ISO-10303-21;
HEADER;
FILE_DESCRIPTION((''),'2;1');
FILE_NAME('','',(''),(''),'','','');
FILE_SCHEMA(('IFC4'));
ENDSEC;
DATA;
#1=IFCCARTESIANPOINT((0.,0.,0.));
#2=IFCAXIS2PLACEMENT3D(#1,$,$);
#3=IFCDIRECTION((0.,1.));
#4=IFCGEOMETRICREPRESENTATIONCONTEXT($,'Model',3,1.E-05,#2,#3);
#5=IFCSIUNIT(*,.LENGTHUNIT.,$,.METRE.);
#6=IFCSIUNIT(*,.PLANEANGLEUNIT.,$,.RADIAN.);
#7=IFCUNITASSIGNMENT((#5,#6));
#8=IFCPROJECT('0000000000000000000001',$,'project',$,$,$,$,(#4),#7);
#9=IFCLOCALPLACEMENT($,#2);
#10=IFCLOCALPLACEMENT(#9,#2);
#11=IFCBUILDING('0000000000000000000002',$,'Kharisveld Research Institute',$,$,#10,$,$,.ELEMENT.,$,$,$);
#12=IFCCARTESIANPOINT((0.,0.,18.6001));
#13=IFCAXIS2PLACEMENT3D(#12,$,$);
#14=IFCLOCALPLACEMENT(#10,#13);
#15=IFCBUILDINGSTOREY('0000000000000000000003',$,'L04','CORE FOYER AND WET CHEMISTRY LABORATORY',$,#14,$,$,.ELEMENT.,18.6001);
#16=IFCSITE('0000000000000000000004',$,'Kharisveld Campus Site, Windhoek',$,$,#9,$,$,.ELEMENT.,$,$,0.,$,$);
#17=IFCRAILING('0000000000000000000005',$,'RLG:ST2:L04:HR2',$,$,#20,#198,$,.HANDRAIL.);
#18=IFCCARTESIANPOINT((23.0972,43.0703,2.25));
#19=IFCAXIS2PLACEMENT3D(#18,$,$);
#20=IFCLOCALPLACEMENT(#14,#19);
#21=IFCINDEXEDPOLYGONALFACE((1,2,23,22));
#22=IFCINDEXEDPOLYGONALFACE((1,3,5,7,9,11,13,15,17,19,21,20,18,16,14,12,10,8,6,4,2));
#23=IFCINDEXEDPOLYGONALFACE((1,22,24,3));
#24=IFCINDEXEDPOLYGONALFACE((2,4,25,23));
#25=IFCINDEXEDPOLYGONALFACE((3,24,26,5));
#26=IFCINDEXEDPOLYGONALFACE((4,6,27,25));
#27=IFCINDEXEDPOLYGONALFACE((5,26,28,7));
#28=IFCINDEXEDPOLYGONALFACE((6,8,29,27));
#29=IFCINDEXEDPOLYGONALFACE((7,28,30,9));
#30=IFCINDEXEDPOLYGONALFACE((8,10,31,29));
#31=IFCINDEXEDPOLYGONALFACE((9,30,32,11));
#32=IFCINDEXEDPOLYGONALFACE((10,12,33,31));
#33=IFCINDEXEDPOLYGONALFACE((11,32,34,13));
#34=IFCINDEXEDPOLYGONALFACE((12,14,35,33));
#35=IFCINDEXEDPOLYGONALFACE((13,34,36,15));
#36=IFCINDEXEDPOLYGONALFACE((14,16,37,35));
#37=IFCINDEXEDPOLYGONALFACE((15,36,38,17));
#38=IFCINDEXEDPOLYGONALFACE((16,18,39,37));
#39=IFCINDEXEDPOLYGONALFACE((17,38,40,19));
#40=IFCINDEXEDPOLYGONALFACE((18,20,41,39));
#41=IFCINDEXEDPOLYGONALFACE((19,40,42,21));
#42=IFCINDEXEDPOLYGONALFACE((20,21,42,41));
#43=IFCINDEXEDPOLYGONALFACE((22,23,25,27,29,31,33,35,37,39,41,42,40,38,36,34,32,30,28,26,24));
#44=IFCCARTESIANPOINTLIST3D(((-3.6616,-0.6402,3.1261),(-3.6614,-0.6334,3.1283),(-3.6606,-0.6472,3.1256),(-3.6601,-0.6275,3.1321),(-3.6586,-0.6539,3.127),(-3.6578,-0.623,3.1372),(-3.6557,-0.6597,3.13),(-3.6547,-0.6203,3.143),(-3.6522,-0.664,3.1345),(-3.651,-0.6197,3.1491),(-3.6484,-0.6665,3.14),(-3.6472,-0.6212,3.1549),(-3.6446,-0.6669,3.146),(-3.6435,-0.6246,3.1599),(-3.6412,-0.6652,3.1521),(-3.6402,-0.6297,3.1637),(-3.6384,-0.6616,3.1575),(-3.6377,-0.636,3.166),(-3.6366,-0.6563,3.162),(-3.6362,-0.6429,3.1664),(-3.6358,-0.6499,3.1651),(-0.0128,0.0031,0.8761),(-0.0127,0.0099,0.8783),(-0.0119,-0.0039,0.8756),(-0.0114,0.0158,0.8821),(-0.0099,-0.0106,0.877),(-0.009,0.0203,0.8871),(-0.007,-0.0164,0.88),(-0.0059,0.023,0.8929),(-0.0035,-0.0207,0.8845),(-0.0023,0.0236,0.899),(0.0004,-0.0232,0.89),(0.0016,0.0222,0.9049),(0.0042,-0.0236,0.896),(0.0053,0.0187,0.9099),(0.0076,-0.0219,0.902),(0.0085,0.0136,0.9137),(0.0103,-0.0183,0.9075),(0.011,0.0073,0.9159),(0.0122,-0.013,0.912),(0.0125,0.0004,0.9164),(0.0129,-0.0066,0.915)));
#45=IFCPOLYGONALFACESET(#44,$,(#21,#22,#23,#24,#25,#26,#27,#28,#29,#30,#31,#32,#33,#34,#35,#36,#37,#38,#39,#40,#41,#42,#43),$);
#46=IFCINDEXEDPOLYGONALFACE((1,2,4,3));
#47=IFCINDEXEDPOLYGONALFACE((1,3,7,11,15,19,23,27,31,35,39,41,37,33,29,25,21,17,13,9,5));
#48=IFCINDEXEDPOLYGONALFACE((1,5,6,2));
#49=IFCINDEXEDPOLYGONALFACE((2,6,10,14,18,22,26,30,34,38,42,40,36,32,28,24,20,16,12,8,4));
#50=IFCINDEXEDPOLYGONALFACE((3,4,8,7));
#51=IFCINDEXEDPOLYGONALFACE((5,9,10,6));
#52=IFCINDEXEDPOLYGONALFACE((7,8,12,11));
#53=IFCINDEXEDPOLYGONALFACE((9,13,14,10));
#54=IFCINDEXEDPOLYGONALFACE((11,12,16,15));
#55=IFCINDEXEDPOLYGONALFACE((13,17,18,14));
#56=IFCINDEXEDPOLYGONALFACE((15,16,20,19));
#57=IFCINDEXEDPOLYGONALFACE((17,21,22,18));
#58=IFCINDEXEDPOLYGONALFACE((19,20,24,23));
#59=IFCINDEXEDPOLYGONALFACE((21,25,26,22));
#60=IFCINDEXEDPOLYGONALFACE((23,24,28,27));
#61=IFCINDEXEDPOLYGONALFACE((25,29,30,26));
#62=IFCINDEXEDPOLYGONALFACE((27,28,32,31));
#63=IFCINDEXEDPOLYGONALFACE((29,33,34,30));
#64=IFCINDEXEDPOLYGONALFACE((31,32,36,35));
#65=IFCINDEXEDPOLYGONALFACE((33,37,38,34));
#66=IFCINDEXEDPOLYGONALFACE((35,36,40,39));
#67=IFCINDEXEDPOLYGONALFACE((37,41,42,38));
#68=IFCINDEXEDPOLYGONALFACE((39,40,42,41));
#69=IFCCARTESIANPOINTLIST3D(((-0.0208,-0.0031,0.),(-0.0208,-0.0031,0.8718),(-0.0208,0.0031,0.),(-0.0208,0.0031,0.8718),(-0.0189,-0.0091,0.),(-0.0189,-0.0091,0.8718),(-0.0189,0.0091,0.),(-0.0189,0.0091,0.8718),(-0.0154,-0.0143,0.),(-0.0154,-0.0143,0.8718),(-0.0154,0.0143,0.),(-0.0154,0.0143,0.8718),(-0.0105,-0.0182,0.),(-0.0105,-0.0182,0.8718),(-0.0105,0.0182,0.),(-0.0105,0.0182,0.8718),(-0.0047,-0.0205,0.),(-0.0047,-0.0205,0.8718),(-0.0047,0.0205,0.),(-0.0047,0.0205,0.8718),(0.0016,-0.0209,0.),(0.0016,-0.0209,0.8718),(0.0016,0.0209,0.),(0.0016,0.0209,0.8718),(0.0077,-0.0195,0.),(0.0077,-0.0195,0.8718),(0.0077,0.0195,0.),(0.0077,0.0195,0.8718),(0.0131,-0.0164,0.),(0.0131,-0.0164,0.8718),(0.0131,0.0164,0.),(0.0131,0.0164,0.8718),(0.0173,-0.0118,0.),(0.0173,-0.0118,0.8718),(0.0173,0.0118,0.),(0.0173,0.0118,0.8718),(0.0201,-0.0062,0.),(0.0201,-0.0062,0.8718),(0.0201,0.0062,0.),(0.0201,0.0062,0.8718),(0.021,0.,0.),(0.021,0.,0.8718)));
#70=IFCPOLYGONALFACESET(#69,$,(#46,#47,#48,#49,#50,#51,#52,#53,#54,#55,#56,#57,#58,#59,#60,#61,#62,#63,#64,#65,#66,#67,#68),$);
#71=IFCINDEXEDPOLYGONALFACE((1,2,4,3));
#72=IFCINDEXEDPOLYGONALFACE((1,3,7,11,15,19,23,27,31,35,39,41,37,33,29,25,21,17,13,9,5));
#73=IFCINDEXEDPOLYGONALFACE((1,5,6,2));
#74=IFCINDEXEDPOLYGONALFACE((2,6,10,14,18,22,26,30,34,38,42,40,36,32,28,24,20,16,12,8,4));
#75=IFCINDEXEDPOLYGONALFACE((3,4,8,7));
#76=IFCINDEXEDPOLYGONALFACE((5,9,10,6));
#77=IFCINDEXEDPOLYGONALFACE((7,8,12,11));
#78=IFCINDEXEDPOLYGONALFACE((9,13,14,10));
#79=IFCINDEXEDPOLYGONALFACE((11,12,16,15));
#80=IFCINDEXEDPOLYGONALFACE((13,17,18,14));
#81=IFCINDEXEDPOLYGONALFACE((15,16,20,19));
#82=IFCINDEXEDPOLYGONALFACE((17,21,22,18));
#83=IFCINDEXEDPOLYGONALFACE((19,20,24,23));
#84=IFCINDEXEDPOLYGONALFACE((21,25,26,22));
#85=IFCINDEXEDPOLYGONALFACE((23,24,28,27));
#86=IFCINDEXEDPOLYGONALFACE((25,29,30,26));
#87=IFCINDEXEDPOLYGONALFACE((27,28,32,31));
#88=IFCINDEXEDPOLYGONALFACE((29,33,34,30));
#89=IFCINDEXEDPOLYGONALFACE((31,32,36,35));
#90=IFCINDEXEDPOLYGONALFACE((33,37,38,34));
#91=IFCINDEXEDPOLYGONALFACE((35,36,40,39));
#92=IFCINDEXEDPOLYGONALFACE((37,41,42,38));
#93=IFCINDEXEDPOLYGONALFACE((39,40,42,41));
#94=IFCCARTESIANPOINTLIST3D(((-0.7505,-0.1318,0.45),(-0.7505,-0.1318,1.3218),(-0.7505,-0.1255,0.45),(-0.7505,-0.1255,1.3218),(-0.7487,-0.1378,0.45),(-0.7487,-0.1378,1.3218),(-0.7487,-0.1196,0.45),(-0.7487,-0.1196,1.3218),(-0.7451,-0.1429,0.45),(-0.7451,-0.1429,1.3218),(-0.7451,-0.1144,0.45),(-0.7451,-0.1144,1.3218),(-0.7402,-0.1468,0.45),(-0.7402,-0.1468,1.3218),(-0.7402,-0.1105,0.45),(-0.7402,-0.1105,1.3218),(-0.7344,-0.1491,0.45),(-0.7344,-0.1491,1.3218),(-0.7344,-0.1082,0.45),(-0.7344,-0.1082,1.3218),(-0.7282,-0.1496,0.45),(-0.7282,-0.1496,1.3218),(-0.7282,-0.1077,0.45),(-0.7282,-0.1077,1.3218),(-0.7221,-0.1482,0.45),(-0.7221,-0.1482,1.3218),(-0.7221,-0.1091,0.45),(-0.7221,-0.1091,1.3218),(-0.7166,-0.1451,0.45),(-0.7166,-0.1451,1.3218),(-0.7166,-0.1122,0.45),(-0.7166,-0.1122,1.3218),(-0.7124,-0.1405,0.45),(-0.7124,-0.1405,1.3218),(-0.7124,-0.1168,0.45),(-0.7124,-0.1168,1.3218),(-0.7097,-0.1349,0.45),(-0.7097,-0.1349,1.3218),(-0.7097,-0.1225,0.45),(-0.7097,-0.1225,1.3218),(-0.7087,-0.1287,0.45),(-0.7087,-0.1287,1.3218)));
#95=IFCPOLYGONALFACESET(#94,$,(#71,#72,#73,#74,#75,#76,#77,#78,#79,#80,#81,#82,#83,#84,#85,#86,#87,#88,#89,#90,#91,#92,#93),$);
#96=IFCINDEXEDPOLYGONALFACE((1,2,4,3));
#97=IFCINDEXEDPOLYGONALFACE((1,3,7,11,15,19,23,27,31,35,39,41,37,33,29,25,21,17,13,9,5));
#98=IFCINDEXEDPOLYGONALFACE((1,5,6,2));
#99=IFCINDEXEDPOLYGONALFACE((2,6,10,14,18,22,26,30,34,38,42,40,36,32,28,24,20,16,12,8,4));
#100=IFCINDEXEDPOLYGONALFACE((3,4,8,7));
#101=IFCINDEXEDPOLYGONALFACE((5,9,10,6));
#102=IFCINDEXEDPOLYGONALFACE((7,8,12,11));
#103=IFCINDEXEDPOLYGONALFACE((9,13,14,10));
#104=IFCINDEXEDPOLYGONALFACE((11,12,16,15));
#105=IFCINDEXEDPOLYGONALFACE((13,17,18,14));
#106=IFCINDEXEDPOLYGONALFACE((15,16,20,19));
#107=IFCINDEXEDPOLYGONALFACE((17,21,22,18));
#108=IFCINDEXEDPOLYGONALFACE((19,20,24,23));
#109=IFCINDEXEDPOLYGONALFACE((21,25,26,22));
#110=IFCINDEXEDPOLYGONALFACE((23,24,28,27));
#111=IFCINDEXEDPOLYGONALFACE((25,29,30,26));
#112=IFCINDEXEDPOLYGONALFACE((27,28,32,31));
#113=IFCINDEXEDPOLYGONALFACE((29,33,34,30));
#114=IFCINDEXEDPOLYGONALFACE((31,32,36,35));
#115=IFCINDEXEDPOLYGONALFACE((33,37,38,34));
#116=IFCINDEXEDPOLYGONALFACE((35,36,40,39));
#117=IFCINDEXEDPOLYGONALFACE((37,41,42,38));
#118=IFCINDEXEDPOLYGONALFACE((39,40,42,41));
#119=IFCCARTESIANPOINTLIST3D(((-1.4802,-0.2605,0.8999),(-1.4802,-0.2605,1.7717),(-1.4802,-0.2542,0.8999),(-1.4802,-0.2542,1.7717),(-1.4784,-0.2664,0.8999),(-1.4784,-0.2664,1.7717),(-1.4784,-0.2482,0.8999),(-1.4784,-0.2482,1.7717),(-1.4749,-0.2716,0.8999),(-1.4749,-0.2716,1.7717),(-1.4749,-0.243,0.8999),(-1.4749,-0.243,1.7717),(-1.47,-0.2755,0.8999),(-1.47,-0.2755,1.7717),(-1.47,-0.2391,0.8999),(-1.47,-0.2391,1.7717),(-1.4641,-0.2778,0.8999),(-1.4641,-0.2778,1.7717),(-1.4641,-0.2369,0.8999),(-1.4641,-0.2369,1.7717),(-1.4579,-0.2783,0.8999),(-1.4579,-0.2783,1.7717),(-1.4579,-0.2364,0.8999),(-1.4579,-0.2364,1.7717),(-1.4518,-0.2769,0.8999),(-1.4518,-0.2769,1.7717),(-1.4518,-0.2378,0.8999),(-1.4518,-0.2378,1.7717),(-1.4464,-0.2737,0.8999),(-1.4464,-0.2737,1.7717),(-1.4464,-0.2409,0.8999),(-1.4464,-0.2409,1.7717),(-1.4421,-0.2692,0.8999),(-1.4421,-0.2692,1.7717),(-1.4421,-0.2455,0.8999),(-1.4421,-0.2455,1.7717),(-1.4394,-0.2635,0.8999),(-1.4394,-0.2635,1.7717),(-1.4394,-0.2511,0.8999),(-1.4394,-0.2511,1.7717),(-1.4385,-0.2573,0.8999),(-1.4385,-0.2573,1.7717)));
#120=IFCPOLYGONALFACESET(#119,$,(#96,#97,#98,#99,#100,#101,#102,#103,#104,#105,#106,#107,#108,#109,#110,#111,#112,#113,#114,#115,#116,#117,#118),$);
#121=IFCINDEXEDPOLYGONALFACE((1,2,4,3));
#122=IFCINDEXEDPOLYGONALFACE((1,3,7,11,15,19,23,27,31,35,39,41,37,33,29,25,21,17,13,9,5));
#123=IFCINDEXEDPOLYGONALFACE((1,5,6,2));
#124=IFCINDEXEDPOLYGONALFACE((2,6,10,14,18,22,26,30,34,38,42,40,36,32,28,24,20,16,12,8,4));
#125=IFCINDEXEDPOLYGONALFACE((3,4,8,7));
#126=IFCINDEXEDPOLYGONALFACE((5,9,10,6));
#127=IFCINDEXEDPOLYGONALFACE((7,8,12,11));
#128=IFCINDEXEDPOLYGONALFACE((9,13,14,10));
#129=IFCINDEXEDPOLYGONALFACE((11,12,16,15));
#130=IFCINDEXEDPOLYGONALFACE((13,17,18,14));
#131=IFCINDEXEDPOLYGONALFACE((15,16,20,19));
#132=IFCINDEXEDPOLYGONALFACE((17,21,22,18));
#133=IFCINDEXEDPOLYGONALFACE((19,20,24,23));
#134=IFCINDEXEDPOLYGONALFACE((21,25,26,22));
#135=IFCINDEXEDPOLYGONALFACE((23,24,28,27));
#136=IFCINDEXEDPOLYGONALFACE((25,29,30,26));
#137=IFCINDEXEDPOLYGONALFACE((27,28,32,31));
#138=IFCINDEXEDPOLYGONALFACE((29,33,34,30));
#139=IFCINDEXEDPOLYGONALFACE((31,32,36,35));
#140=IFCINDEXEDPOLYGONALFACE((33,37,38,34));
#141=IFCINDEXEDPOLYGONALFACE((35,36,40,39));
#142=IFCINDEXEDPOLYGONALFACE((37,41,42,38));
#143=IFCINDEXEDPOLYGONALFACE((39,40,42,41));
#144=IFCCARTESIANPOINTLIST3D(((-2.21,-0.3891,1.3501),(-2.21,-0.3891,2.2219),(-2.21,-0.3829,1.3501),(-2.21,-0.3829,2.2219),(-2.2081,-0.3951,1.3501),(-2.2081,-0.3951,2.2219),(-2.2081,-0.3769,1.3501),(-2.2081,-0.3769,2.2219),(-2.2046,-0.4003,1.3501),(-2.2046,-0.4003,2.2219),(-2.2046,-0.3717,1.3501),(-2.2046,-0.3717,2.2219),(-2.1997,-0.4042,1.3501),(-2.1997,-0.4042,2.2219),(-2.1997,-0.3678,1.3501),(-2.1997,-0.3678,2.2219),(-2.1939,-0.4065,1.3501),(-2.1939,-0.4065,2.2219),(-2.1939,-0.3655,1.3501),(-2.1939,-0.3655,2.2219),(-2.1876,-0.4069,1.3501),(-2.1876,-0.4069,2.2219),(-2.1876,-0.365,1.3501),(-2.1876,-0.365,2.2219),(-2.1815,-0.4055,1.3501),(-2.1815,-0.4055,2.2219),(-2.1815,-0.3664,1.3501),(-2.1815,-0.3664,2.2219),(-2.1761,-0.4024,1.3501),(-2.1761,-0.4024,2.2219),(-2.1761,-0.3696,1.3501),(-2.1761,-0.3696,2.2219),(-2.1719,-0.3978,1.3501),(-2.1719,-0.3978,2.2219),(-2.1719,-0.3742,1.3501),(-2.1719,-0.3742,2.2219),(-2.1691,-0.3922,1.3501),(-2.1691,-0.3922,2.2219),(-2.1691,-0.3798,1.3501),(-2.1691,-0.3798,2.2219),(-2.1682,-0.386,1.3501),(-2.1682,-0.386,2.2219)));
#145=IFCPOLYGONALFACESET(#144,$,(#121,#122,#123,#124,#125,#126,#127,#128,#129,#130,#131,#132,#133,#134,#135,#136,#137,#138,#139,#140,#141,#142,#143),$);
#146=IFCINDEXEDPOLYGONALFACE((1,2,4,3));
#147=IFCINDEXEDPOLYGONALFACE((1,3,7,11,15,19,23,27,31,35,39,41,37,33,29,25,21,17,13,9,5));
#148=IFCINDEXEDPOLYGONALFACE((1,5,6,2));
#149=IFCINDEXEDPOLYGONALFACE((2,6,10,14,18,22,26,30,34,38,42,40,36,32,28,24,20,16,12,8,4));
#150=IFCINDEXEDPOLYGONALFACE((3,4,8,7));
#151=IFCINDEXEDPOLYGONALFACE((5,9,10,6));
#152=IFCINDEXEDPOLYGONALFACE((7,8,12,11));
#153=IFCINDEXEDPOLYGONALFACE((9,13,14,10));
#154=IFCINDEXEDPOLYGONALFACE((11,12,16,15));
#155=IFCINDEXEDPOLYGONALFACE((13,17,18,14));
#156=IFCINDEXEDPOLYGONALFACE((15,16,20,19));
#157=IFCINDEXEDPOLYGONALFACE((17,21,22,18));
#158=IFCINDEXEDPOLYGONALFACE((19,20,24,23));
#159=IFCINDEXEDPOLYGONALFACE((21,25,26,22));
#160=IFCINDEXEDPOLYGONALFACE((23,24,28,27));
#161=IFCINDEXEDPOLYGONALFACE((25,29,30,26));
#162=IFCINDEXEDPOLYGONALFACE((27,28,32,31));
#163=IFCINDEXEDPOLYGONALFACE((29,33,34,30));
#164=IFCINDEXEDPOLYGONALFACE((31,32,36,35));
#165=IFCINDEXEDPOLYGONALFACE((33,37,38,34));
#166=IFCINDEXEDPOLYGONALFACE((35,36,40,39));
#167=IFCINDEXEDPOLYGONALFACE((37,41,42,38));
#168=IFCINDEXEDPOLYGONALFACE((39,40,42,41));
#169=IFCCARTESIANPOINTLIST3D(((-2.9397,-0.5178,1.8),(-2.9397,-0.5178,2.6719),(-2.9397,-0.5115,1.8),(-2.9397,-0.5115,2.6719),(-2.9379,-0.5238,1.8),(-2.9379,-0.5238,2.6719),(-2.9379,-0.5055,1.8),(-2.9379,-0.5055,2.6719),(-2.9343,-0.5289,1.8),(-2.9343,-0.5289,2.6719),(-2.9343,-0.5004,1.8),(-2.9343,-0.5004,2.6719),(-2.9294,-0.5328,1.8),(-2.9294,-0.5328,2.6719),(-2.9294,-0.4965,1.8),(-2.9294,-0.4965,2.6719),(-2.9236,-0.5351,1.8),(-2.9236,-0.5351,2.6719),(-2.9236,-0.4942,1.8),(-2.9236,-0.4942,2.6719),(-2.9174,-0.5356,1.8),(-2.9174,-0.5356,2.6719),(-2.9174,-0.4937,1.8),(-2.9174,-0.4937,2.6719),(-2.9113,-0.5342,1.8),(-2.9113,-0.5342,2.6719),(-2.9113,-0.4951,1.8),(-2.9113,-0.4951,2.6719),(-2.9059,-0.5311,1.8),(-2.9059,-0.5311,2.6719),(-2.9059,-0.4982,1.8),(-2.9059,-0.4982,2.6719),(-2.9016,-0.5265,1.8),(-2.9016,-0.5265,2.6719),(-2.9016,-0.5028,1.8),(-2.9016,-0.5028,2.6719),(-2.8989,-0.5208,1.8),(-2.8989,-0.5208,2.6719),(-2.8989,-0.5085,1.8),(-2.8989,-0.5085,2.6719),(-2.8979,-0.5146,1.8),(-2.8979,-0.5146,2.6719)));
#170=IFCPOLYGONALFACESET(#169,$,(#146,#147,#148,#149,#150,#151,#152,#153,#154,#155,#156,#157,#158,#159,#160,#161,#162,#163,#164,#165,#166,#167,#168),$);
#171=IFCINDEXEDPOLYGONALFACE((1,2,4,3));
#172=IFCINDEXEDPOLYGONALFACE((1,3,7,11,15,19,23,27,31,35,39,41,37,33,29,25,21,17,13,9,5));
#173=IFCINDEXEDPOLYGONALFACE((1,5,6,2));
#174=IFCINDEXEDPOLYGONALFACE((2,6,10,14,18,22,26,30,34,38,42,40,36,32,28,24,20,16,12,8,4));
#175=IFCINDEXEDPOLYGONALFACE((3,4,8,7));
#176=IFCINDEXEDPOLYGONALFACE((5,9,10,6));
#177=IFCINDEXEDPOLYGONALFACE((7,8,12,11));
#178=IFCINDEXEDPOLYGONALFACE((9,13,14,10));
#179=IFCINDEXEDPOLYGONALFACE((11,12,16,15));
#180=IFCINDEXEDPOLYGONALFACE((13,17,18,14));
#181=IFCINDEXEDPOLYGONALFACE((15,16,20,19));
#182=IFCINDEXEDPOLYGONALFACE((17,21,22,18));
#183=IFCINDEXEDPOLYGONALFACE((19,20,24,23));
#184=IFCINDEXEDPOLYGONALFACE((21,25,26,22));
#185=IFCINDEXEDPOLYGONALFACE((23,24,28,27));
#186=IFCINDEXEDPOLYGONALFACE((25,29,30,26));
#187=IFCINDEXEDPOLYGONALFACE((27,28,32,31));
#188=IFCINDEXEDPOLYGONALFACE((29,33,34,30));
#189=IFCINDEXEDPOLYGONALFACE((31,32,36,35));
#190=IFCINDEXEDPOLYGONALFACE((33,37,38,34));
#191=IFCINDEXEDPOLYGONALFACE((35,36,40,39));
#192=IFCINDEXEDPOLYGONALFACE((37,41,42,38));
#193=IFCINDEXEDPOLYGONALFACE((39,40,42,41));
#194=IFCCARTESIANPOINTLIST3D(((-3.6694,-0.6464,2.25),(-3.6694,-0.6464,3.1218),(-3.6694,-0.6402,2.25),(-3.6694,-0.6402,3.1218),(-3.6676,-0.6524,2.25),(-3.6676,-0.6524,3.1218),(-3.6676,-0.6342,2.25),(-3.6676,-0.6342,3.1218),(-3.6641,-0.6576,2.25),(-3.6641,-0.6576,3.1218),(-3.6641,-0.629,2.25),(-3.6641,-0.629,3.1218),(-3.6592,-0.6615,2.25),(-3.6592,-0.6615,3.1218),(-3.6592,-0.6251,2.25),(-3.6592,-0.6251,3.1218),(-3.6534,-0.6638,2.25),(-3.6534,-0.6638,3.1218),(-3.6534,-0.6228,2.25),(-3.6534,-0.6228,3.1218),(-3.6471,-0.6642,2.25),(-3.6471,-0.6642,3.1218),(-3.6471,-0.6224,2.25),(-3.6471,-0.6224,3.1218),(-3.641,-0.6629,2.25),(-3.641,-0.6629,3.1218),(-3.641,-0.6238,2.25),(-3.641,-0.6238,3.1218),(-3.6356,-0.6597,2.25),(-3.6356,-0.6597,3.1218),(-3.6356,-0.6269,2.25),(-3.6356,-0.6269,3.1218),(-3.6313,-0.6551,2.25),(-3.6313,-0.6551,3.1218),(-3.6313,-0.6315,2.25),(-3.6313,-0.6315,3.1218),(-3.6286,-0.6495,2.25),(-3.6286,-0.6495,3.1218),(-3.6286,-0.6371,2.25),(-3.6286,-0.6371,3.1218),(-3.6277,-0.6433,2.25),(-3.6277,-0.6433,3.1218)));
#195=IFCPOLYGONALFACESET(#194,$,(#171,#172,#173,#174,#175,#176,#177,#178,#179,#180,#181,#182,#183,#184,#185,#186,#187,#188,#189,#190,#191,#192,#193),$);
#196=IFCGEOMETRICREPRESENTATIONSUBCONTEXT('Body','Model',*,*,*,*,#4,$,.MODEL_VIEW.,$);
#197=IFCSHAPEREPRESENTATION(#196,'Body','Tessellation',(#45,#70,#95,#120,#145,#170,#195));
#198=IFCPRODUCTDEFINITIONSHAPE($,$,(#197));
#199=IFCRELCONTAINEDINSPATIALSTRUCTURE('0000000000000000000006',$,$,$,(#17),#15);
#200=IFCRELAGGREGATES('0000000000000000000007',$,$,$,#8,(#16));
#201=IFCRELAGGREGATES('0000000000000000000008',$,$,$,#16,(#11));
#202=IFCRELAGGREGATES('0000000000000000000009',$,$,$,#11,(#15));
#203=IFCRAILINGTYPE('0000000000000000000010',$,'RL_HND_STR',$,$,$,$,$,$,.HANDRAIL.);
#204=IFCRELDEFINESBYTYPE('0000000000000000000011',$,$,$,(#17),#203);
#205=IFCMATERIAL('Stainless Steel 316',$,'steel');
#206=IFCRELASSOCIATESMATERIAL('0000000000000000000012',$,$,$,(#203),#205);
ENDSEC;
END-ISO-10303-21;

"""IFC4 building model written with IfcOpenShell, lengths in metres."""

from ifc_helpers import new_model, si_unit, direction, frame, origin, origin_2d, place, context, subcontext, project, spatial, circle, extrude, material, type_object, element, save


model = new_model("IFC4")

# Units and contexts
model_context = context("Model", 3, precision=1e-05, world=origin(), true_north=direction((0.0, 1.0)))
body_context = subcontext(model_context, "Body", "Model", "MODEL_VIEW")
ifc_project = project(units=[si_unit("LENGTHUNIT", "METRE"), si_unit("PLANEANGLEUNIT", "RADIAN")], contexts=[model_context])

# Site, building, storey
site_placement = place(None, origin())
site = spatial("IfcSite", under=ifc_project, at=site_placement, Name="Kharisveld Campus Site, Windhoek", CompositionType="ELEMENT", RefElevation=0.0)
building_placement = place(site_placement, origin())
building = spatial("IfcBuilding", under=site, at=building_placement, Name="Kharisveld Research Institute", CompositionType="ELEMENT")
storey_placement = place(building_placement, frame((0.0, 0.0, 18.6001)))
storey = spatial("IfcBuildingStorey", under=building, at=storey_placement, Name="L04", Description="CORE FOYER AND WET CHEMISTRY LABORATORY", CompositionType="ELEMENT", Elevation=18.6001)

# Railing
ifc_material_1 = material(Name="Stainless Steel 316", Category="steel")
railing_type_1 = type_object("IfcRailingType", Name="RL_HND_STR", PredefinedType="HANDRAIL", material=ifc_material_1)
railing_1_placement = place(storey_placement, frame((23.0972, 43.0703, 2.25)))
element("IfcRailing", 1, at=railing_1_placement, inside=storey, type_object=railing_type_1, Name="RLG:ST2:L04:HR2", PredefinedType="HANDRAIL", context=body_context, shape_type="SweptSolid", body=[
    extrude(circle(Radius=0.0239, at=origin_2d()), frame((0.0, 0.0, 0.896), z_axis=(-0.841747, -0.148411, 0.519073), x_axis=(0.173635, -0.98481, 0.0)), (0.0, 0.0, 1.0), 4.3347),
    extrude(circle(Radius=0.021, at=origin_2d()), origin(), (0.0, 0.0, 1.0), 0.8718),
    extrude(circle(Radius=0.021, at=origin_2d()), frame((-0.7297, -0.1287, 0.45)), (0.0, 0.0, 1.0), 0.8718),
    extrude(circle(Radius=0.021, at=origin_2d()), frame((-1.4595, -0.2573, 0.8999)), (0.0, 0.0, 1.0), 0.8718),
    extrude(circle(Radius=0.021, at=origin_2d()), frame((-2.1892, -0.386, 1.3501)), (0.0, 0.0, 1.0), 0.8718),
    extrude(circle(Radius=0.021, at=origin_2d()), frame((-2.9189, -0.5146, 1.8)), (0.0, 0.0, 1.0), 0.8718),
    extrude(circle(Radius=0.021, at=origin_2d()), frame((-3.6487, -0.6433, 2.25)), (0.0, 0.0, 1.0), 0.8718),
])

save(model, "model.ifc")
